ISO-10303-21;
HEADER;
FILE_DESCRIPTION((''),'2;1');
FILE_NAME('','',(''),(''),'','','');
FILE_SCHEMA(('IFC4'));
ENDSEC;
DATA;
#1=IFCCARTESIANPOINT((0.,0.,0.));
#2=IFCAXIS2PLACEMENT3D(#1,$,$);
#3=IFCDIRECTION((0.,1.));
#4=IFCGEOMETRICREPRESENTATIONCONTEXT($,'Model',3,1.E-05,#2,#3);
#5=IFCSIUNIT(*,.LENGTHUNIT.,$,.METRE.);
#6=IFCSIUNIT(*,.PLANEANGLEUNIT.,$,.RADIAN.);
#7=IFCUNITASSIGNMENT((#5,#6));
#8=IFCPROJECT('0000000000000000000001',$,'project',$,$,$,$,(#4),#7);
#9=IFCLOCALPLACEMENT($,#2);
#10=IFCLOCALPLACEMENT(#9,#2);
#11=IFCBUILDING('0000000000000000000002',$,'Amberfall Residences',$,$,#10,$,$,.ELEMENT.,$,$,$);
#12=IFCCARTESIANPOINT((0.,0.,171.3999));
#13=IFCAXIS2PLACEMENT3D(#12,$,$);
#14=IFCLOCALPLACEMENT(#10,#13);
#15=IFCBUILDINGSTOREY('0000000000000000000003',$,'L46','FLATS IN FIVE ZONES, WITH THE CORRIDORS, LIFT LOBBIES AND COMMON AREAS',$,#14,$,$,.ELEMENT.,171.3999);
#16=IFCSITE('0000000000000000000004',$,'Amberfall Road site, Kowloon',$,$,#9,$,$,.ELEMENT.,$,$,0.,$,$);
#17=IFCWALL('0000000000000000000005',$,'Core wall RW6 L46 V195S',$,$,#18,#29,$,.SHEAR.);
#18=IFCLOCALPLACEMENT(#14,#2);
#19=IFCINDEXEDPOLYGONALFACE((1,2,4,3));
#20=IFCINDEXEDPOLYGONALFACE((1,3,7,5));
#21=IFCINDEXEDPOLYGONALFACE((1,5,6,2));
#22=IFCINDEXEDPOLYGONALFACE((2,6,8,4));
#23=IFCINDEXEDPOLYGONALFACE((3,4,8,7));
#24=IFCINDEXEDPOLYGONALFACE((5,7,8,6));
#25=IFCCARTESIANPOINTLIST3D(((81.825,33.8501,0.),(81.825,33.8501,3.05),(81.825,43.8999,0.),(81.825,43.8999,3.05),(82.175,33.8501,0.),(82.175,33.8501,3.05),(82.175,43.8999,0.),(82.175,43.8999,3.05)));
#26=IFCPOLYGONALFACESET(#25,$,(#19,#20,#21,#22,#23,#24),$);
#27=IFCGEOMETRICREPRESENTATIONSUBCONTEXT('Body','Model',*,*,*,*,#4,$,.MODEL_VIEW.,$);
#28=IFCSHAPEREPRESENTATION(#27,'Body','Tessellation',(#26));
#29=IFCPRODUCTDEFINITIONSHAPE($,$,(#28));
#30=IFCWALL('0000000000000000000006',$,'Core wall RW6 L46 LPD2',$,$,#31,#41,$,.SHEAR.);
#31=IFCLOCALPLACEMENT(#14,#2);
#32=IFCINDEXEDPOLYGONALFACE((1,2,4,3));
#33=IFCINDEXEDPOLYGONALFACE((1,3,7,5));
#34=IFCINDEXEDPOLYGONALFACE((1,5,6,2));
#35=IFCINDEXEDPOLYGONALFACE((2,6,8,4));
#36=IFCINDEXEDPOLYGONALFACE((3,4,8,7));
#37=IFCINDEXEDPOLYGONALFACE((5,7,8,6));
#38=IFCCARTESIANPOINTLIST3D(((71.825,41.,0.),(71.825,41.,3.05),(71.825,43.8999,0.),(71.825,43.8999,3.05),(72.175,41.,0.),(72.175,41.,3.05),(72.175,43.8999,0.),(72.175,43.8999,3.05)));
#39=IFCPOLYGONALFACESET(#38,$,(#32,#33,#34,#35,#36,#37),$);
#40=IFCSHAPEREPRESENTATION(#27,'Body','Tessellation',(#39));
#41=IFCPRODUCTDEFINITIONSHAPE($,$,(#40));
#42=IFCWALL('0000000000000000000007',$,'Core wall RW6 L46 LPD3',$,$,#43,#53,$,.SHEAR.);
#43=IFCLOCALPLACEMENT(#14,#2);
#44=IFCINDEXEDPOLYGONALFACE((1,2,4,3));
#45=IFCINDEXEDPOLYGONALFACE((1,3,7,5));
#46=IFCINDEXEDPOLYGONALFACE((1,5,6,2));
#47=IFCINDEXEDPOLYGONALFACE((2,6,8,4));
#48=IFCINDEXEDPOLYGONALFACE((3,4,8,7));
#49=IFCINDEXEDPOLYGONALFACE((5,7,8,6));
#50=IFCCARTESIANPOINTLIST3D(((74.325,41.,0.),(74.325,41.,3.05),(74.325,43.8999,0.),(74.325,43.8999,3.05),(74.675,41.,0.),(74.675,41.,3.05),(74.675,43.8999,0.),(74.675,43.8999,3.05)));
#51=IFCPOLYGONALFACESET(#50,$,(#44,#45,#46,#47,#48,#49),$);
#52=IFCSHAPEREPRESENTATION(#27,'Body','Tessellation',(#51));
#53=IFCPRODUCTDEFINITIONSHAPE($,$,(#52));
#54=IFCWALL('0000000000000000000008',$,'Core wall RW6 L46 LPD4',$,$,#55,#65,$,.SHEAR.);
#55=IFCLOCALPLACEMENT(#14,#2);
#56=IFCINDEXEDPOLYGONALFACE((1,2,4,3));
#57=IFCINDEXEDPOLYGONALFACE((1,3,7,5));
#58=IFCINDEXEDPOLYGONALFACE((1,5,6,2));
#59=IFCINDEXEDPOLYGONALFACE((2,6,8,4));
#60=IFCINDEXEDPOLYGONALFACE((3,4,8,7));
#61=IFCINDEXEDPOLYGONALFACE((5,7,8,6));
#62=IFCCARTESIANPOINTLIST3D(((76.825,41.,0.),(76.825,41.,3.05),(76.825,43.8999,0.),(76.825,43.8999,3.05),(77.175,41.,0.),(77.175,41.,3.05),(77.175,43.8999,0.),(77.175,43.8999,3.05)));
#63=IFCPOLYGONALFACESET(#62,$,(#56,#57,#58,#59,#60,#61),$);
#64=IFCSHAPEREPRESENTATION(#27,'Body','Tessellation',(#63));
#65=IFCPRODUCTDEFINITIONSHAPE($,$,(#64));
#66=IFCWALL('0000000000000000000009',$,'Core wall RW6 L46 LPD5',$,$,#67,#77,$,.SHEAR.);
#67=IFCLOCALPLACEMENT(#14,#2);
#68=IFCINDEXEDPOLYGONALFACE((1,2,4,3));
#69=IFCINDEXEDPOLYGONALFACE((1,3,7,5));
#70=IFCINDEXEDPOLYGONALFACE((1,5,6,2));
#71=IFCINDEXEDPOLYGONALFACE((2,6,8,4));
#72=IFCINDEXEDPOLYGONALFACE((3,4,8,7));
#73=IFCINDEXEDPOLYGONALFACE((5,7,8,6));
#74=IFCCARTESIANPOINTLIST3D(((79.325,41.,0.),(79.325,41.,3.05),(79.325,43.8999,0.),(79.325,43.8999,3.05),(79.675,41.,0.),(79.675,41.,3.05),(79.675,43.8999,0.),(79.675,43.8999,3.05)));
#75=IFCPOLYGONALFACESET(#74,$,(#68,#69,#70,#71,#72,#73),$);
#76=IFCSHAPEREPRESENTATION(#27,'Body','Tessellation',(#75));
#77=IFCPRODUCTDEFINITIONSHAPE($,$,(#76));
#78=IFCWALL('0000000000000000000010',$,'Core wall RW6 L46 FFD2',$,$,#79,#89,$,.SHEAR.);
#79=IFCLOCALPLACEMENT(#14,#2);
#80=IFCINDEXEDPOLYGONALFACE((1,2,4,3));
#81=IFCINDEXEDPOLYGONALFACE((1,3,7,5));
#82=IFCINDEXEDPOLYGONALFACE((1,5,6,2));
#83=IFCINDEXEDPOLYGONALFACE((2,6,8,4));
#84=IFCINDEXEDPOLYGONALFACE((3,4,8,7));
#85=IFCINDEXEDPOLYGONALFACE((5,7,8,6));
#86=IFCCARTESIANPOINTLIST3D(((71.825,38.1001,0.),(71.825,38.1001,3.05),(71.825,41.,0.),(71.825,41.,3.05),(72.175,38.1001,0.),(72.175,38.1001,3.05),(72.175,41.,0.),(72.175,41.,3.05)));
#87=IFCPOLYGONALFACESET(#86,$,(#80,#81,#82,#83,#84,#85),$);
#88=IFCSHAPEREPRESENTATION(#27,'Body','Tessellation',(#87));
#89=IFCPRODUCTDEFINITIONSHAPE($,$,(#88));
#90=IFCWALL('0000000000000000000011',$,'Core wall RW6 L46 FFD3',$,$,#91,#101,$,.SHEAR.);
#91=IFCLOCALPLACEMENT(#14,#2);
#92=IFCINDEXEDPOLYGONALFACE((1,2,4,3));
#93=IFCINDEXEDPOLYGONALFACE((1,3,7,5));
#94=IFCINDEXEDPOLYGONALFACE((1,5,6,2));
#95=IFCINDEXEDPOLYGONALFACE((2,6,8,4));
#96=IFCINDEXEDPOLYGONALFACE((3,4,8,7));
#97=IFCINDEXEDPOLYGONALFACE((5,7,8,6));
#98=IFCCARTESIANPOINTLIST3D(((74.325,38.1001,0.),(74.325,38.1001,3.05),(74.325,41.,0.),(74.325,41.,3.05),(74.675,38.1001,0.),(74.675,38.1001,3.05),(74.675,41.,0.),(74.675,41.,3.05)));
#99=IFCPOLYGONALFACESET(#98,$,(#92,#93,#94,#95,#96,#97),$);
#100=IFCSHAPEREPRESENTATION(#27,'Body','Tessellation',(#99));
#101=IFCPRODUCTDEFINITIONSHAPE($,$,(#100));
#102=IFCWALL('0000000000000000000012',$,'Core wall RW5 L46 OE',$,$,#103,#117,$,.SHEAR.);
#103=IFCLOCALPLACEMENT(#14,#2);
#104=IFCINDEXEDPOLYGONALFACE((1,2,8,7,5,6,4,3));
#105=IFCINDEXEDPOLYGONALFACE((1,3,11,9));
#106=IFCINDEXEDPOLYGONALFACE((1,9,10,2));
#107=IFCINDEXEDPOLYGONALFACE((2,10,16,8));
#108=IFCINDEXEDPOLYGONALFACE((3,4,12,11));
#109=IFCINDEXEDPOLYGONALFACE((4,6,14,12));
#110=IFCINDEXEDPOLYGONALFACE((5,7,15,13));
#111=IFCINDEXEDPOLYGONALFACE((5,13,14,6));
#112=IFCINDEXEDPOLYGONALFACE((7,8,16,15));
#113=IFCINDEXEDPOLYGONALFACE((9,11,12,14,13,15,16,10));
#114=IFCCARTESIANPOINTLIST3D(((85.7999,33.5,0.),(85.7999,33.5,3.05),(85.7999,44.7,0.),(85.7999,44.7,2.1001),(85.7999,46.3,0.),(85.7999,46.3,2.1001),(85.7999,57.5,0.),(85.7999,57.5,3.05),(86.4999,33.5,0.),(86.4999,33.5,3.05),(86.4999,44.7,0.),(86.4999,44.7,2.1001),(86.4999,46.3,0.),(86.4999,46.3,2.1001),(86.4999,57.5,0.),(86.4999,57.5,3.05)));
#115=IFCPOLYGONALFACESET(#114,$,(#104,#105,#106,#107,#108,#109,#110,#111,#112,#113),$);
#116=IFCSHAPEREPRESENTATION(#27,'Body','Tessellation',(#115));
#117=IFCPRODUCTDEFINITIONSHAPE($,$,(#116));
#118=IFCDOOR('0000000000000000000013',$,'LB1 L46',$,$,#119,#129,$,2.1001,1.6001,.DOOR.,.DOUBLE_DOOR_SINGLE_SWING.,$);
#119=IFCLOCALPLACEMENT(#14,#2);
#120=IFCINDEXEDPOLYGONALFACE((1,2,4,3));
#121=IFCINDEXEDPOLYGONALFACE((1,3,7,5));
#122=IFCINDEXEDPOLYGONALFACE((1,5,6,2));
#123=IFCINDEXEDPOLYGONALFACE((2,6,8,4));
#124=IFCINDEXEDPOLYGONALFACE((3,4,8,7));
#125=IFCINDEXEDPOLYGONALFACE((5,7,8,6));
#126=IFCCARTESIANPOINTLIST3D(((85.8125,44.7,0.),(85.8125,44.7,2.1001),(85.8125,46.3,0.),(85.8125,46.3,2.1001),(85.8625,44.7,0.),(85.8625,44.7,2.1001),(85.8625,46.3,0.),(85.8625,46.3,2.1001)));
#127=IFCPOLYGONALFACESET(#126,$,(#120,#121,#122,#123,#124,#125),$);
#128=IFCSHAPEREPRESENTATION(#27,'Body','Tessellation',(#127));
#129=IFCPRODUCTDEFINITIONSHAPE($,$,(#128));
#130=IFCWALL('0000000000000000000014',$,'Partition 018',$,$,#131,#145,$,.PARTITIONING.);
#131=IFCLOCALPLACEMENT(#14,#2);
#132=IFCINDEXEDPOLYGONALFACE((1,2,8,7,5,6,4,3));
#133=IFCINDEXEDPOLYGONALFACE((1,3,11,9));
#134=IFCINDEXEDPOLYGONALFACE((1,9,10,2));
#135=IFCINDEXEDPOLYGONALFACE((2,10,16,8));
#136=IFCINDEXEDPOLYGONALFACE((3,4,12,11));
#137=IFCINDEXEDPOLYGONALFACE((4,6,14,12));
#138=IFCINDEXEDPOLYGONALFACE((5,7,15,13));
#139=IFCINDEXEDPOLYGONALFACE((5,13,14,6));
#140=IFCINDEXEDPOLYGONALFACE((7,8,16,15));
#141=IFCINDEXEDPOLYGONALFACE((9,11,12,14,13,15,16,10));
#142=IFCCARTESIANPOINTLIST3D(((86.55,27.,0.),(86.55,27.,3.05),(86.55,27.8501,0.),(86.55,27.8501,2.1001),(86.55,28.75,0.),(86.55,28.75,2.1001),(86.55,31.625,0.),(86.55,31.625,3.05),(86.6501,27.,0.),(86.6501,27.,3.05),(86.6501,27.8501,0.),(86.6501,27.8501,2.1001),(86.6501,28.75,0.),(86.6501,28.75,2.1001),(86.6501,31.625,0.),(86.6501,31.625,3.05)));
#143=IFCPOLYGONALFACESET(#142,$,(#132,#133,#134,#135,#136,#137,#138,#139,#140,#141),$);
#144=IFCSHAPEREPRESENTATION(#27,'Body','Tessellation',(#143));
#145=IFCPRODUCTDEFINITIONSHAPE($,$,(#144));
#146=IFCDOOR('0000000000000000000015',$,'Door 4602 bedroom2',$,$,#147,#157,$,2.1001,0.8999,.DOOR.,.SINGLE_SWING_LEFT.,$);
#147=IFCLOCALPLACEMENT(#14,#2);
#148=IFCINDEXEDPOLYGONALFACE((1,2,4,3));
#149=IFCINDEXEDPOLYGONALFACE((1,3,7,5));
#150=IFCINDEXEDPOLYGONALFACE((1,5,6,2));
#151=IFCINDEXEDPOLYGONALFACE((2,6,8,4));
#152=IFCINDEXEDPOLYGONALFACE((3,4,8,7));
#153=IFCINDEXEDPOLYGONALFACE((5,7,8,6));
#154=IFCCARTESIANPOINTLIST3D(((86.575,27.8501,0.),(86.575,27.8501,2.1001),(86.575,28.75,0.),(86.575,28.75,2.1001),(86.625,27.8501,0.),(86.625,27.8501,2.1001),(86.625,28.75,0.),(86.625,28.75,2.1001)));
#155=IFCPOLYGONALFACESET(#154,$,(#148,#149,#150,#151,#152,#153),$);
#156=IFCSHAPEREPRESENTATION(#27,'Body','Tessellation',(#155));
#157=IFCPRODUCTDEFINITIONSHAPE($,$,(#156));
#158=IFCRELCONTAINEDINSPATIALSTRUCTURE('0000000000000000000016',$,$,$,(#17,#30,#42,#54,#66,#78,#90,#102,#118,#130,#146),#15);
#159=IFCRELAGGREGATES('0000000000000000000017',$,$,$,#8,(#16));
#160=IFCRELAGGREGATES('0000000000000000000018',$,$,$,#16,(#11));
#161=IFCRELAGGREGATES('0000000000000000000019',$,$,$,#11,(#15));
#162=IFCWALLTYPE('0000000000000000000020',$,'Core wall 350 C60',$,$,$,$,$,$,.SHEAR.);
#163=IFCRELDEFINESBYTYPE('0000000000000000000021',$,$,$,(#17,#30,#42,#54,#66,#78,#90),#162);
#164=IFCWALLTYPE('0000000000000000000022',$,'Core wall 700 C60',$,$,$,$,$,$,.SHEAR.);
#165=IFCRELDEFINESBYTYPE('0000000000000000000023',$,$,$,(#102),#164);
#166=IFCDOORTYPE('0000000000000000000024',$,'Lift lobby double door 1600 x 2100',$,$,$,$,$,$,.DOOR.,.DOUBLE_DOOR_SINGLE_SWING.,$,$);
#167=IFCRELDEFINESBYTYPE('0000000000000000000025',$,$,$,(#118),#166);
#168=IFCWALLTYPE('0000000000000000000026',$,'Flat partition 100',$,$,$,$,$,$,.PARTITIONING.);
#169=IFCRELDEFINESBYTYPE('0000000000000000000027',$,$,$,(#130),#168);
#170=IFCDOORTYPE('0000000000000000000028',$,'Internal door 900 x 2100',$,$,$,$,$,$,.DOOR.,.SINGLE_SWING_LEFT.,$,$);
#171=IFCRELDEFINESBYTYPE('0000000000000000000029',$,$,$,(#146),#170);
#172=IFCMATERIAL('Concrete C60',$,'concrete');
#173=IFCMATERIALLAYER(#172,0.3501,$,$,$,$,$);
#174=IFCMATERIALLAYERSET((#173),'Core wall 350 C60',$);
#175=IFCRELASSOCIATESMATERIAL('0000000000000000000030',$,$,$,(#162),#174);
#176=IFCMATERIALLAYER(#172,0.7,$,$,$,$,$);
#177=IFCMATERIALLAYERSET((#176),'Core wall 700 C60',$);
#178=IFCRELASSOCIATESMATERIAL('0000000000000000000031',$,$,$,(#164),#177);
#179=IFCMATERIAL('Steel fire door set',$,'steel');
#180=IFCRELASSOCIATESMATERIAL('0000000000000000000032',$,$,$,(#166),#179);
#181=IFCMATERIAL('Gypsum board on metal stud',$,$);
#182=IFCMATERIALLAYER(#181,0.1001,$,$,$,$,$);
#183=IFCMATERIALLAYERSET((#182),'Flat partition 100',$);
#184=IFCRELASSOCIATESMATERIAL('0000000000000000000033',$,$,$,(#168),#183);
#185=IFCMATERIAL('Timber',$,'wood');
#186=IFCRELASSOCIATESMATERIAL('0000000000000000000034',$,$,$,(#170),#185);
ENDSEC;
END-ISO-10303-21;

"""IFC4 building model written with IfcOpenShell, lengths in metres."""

from ifc_helpers import new_model, si_unit, direction, frame, frame_2d, origin, place, context, subcontext, project, spatial, rectangle, extrude, material, layer, layer_set, type_object, element, fill, save


model = new_model("IFC4")

# Units and contexts
model_context = context("Model", 3, precision=1e-05, world=origin(), true_north=direction((0.0, 1.0)))
body_context = subcontext(model_context, "Body", "Model", "MODEL_VIEW")
ifc_project = project(units=[si_unit("LENGTHUNIT", "METRE"), si_unit("PLANEANGLEUNIT", "RADIAN")], contexts=[model_context])

# Site, building, storey
site_placement = place(None, origin())
site = spatial("IfcSite", under=ifc_project, at=site_placement, Name="Amberfall Road site, Kowloon", CompositionType="ELEMENT", RefElevation=0.0)
building_placement = place(site_placement, origin())
building = spatial("IfcBuilding", under=site, at=building_placement, Name="Amberfall Residences", CompositionType="ELEMENT")
storey_placement = place(building_placement, frame((0.0, 0.0, 171.3999)))
storey = spatial("IfcBuildingStorey", under=building, at=storey_placement, Name="L46", Description="FLATS IN FIVE ZONES, WITH THE CORRIDORS, LIFT LOBBIES AND COMMON AREAS", CompositionType="ELEMENT", Elevation=171.3999)

# Walls
ifc_material_1 = material(Name="Concrete C60", Category="concrete")
ifc_layer_1 = layer(ifc_material_1, 0.3501)
ifc_layer_set_1 = layer_set([ifc_layer_1], Name="Core wall 350 C60")
wall_type_1 = type_object("IfcWallType", Name="Core wall 350 C60", PredefinedType="SHEAR", material=ifc_layer_set_1)
wall_1_placement = place(storey_placement, frame((82.0, 33.8501, 0.0), z_axis=(0.0, 0.0, 1.0), x_axis=(0.0, 1.0, 0.0)))
element("IfcWall", 1, at=wall_1_placement, inside=storey, type_object=wall_type_1, Name="Core wall RW6 L46 V195S", PredefinedType="SHEAR", context=body_context, shape_type="SweptSolid", body=[
    extrude(rectangle(XDim=10.0498, YDim=0.3501, at=frame_2d((5.0249, 0.0))), origin(), (0.0, 0.0, 1.0), 3.05),
])
for number, where, z_axis, x_axis, name in (
    (2, (72.0, 41.0, 0.0), (0.0, 0.0, 1.0), (0.0, 1.0, 0.0), "Core wall RW6 L46 LPD2"),
    (3, (74.5, 41.0, 0.0), (0.0, 0.0, 1.0), (0.0, 1.0, 0.0), "Core wall RW6 L46 LPD3"),
    (4, (77.0, 41.0, 0.0), (0.0, 0.0, 1.0), (0.0, 1.0, 0.0), "Core wall RW6 L46 LPD4"),
    (5, (79.5, 41.0, 0.0), (0.0, 0.0, 1.0), (0.0, 1.0, 0.0), "Core wall RW6 L46 LPD5"),
    (6, (72.0, 38.1001, 0.0), (0.0, 0.0, 1.0), (0.0, 1.0, 0.0), "Core wall RW6 L46 FFD2"),
    (7, (74.5, 38.1001, 0.0), (0.0, 0.0, 1.0), (0.0, 1.0, 0.0), "Core wall RW6 L46 FFD3"),
):
    element("IfcWall", number, at=place(storey_placement, frame(where, z_axis=z_axis, x_axis=x_axis)), inside=storey, type_object=wall_type_1, Name=name, PredefinedType="SHEAR", context=body_context, shape_type="SweptSolid", body=[
        extrude(rectangle(XDim=2.8999, YDim=0.3501, at=frame_2d((1.45, 0.0))), origin(), (0.0, 0.0, 1.0), 3.05),
    ])

# Walls, openings, doors
ifc_layer_2 = layer(ifc_material_1, 0.7)
ifc_layer_set_2 = layer_set([ifc_layer_2], Name="Core wall 700 C60")
wall_type_2 = type_object("IfcWallType", Name="Core wall 700 C60", PredefinedType="SHEAR", material=ifc_layer_set_2)
wall_2_placement = place(storey_placement, frame((86.1499, 33.5, 0.0), z_axis=(0.0, 0.0, 1.0), x_axis=(0.0, 1.0, 0.0)))
wall_2 = element("IfcWall", 8, at=wall_2_placement, inside=storey, type_object=wall_type_2, Name="Core wall RW5 L46 OE", PredefinedType="SHEAR", context=body_context, shape_type="SweptSolid", body=[
    extrude(rectangle(XDim=24.0, YDim=0.7, at=frame_2d((12.0, 0.0))), origin(), (0.0, 0.0, 1.0), 3.05),
])
opening_1_placement = place(wall_2_placement, frame((11.2, 0.0, 0.0)))
opening_1 = element("IfcOpeningElement", 9, at=opening_1_placement, cuts=wall_2, PredefinedType="OPENING", context=body_context, shape_type="SweptSolid", body=[
    extrude(rectangle(XDim=1.6001, YDim=2.1001, at=frame_2d((0.8, 1.05))), frame((0.0, 0.3599, 0.0), z_axis=(0.0, -1.0, 0.0), x_axis=(1.0, 0.0, 0.0)), (0.0, 0.0, 1.0), 0.72),
])
ifc_material_2 = material(Name="Steel fire door set", Category="steel")
door_type_1 = type_object("IfcDoorType", Name="Lift lobby double door 1600 x 2100", OperationType="DOUBLE_DOOR_SINGLE_SWING", PredefinedType="DOOR", material=ifc_material_2)
door_1_placement = place(opening_1_placement, origin())
door_1 = element("IfcDoor", 10, at=door_1_placement, inside=storey, type_object=door_type_1, Name="LB1 L46", OperationType="DOUBLE_DOOR_SINGLE_SWING", OverallHeight=2.1001, OverallWidth=1.6001, PredefinedType="DOOR", context=body_context, shape_type="SweptSolid", body=[
    extrude(rectangle(XDim=1.6001, YDim=2.1001, at=frame_2d((0.8, 1.05))), frame((0.0, 0.3374, 0.0), z_axis=(0.0, -1.0, 0.0), x_axis=(1.0, 0.0, 0.0)), (0.0, 0.0, 1.0), 0.05),
])
fill(opening_1, door_1)
ifc_material_3 = material(Name="Gypsum board on metal stud")
ifc_layer_3 = layer(ifc_material_3, 0.1001)
ifc_layer_set_3 = layer_set([ifc_layer_3], Name="Flat partition 100")
wall_type_3 = type_object("IfcWallType", Name="Flat partition 100", PredefinedType="PARTITIONING", material=ifc_layer_set_3)
wall_3_placement = place(storey_placement, frame((86.6001, 31.625, 0.0), z_axis=(0.0, 0.0, 1.0), x_axis=(0.0, -1.0, 0.0)))
wall_3 = element("IfcWall", 11, at=wall_3_placement, inside=storey, type_object=wall_type_3, Name="Partition 018", PredefinedType="PARTITIONING", context=body_context, shape_type="SweptSolid", body=[
    extrude(rectangle(XDim=4.625, YDim=0.1001, at=frame_2d((2.3125, 0.0))), origin(), (0.0, 0.0, 1.0), 3.05),
])
opening_2_placement = place(wall_3_placement, frame((2.875, 0.0, 0.0)))
opening_2 = element("IfcOpeningElement", 12, at=opening_2_placement, cuts=wall_3, PredefinedType="OPENING", context=body_context, shape_type="SweptSolid", body=[
    extrude(rectangle(XDim=0.8999, YDim=2.1001, at=frame_2d((0.45, 1.05))), frame((0.0, 0.0601, 0.0), z_axis=(0.0, -1.0, 0.0), x_axis=(1.0, 0.0, 0.0)), (0.0, 0.0, 1.0), 0.1201),
])
ifc_material_4 = material(Name="Timber", Category="wood")
door_type_2 = type_object("IfcDoorType", Name="Internal door 900 x 2100", OperationType="SINGLE_SWING_LEFT", PredefinedType="DOOR", material=ifc_material_4)
door_2_placement = place(opening_2_placement, origin())
door_2 = element("IfcDoor", 13, at=door_2_placement, inside=storey, type_object=door_type_2, Name="Door 4602 bedroom2", OperationType="SINGLE_SWING_LEFT", OverallHeight=2.1001, OverallWidth=0.8999, PredefinedType="DOOR", context=body_context, shape_type="SweptSolid", body=[
    extrude(rectangle(XDim=0.8999, YDim=2.1001, at=frame_2d((0.45, 1.05))), frame((0.0, 0.0249, 0.0), z_axis=(0.0, -1.0, 0.0), x_axis=(1.0, 0.0, 0.0)), (0.0, 0.0, 1.0), 0.05),
])
fill(opening_2, door_2)

save(model, "model.ifc")
